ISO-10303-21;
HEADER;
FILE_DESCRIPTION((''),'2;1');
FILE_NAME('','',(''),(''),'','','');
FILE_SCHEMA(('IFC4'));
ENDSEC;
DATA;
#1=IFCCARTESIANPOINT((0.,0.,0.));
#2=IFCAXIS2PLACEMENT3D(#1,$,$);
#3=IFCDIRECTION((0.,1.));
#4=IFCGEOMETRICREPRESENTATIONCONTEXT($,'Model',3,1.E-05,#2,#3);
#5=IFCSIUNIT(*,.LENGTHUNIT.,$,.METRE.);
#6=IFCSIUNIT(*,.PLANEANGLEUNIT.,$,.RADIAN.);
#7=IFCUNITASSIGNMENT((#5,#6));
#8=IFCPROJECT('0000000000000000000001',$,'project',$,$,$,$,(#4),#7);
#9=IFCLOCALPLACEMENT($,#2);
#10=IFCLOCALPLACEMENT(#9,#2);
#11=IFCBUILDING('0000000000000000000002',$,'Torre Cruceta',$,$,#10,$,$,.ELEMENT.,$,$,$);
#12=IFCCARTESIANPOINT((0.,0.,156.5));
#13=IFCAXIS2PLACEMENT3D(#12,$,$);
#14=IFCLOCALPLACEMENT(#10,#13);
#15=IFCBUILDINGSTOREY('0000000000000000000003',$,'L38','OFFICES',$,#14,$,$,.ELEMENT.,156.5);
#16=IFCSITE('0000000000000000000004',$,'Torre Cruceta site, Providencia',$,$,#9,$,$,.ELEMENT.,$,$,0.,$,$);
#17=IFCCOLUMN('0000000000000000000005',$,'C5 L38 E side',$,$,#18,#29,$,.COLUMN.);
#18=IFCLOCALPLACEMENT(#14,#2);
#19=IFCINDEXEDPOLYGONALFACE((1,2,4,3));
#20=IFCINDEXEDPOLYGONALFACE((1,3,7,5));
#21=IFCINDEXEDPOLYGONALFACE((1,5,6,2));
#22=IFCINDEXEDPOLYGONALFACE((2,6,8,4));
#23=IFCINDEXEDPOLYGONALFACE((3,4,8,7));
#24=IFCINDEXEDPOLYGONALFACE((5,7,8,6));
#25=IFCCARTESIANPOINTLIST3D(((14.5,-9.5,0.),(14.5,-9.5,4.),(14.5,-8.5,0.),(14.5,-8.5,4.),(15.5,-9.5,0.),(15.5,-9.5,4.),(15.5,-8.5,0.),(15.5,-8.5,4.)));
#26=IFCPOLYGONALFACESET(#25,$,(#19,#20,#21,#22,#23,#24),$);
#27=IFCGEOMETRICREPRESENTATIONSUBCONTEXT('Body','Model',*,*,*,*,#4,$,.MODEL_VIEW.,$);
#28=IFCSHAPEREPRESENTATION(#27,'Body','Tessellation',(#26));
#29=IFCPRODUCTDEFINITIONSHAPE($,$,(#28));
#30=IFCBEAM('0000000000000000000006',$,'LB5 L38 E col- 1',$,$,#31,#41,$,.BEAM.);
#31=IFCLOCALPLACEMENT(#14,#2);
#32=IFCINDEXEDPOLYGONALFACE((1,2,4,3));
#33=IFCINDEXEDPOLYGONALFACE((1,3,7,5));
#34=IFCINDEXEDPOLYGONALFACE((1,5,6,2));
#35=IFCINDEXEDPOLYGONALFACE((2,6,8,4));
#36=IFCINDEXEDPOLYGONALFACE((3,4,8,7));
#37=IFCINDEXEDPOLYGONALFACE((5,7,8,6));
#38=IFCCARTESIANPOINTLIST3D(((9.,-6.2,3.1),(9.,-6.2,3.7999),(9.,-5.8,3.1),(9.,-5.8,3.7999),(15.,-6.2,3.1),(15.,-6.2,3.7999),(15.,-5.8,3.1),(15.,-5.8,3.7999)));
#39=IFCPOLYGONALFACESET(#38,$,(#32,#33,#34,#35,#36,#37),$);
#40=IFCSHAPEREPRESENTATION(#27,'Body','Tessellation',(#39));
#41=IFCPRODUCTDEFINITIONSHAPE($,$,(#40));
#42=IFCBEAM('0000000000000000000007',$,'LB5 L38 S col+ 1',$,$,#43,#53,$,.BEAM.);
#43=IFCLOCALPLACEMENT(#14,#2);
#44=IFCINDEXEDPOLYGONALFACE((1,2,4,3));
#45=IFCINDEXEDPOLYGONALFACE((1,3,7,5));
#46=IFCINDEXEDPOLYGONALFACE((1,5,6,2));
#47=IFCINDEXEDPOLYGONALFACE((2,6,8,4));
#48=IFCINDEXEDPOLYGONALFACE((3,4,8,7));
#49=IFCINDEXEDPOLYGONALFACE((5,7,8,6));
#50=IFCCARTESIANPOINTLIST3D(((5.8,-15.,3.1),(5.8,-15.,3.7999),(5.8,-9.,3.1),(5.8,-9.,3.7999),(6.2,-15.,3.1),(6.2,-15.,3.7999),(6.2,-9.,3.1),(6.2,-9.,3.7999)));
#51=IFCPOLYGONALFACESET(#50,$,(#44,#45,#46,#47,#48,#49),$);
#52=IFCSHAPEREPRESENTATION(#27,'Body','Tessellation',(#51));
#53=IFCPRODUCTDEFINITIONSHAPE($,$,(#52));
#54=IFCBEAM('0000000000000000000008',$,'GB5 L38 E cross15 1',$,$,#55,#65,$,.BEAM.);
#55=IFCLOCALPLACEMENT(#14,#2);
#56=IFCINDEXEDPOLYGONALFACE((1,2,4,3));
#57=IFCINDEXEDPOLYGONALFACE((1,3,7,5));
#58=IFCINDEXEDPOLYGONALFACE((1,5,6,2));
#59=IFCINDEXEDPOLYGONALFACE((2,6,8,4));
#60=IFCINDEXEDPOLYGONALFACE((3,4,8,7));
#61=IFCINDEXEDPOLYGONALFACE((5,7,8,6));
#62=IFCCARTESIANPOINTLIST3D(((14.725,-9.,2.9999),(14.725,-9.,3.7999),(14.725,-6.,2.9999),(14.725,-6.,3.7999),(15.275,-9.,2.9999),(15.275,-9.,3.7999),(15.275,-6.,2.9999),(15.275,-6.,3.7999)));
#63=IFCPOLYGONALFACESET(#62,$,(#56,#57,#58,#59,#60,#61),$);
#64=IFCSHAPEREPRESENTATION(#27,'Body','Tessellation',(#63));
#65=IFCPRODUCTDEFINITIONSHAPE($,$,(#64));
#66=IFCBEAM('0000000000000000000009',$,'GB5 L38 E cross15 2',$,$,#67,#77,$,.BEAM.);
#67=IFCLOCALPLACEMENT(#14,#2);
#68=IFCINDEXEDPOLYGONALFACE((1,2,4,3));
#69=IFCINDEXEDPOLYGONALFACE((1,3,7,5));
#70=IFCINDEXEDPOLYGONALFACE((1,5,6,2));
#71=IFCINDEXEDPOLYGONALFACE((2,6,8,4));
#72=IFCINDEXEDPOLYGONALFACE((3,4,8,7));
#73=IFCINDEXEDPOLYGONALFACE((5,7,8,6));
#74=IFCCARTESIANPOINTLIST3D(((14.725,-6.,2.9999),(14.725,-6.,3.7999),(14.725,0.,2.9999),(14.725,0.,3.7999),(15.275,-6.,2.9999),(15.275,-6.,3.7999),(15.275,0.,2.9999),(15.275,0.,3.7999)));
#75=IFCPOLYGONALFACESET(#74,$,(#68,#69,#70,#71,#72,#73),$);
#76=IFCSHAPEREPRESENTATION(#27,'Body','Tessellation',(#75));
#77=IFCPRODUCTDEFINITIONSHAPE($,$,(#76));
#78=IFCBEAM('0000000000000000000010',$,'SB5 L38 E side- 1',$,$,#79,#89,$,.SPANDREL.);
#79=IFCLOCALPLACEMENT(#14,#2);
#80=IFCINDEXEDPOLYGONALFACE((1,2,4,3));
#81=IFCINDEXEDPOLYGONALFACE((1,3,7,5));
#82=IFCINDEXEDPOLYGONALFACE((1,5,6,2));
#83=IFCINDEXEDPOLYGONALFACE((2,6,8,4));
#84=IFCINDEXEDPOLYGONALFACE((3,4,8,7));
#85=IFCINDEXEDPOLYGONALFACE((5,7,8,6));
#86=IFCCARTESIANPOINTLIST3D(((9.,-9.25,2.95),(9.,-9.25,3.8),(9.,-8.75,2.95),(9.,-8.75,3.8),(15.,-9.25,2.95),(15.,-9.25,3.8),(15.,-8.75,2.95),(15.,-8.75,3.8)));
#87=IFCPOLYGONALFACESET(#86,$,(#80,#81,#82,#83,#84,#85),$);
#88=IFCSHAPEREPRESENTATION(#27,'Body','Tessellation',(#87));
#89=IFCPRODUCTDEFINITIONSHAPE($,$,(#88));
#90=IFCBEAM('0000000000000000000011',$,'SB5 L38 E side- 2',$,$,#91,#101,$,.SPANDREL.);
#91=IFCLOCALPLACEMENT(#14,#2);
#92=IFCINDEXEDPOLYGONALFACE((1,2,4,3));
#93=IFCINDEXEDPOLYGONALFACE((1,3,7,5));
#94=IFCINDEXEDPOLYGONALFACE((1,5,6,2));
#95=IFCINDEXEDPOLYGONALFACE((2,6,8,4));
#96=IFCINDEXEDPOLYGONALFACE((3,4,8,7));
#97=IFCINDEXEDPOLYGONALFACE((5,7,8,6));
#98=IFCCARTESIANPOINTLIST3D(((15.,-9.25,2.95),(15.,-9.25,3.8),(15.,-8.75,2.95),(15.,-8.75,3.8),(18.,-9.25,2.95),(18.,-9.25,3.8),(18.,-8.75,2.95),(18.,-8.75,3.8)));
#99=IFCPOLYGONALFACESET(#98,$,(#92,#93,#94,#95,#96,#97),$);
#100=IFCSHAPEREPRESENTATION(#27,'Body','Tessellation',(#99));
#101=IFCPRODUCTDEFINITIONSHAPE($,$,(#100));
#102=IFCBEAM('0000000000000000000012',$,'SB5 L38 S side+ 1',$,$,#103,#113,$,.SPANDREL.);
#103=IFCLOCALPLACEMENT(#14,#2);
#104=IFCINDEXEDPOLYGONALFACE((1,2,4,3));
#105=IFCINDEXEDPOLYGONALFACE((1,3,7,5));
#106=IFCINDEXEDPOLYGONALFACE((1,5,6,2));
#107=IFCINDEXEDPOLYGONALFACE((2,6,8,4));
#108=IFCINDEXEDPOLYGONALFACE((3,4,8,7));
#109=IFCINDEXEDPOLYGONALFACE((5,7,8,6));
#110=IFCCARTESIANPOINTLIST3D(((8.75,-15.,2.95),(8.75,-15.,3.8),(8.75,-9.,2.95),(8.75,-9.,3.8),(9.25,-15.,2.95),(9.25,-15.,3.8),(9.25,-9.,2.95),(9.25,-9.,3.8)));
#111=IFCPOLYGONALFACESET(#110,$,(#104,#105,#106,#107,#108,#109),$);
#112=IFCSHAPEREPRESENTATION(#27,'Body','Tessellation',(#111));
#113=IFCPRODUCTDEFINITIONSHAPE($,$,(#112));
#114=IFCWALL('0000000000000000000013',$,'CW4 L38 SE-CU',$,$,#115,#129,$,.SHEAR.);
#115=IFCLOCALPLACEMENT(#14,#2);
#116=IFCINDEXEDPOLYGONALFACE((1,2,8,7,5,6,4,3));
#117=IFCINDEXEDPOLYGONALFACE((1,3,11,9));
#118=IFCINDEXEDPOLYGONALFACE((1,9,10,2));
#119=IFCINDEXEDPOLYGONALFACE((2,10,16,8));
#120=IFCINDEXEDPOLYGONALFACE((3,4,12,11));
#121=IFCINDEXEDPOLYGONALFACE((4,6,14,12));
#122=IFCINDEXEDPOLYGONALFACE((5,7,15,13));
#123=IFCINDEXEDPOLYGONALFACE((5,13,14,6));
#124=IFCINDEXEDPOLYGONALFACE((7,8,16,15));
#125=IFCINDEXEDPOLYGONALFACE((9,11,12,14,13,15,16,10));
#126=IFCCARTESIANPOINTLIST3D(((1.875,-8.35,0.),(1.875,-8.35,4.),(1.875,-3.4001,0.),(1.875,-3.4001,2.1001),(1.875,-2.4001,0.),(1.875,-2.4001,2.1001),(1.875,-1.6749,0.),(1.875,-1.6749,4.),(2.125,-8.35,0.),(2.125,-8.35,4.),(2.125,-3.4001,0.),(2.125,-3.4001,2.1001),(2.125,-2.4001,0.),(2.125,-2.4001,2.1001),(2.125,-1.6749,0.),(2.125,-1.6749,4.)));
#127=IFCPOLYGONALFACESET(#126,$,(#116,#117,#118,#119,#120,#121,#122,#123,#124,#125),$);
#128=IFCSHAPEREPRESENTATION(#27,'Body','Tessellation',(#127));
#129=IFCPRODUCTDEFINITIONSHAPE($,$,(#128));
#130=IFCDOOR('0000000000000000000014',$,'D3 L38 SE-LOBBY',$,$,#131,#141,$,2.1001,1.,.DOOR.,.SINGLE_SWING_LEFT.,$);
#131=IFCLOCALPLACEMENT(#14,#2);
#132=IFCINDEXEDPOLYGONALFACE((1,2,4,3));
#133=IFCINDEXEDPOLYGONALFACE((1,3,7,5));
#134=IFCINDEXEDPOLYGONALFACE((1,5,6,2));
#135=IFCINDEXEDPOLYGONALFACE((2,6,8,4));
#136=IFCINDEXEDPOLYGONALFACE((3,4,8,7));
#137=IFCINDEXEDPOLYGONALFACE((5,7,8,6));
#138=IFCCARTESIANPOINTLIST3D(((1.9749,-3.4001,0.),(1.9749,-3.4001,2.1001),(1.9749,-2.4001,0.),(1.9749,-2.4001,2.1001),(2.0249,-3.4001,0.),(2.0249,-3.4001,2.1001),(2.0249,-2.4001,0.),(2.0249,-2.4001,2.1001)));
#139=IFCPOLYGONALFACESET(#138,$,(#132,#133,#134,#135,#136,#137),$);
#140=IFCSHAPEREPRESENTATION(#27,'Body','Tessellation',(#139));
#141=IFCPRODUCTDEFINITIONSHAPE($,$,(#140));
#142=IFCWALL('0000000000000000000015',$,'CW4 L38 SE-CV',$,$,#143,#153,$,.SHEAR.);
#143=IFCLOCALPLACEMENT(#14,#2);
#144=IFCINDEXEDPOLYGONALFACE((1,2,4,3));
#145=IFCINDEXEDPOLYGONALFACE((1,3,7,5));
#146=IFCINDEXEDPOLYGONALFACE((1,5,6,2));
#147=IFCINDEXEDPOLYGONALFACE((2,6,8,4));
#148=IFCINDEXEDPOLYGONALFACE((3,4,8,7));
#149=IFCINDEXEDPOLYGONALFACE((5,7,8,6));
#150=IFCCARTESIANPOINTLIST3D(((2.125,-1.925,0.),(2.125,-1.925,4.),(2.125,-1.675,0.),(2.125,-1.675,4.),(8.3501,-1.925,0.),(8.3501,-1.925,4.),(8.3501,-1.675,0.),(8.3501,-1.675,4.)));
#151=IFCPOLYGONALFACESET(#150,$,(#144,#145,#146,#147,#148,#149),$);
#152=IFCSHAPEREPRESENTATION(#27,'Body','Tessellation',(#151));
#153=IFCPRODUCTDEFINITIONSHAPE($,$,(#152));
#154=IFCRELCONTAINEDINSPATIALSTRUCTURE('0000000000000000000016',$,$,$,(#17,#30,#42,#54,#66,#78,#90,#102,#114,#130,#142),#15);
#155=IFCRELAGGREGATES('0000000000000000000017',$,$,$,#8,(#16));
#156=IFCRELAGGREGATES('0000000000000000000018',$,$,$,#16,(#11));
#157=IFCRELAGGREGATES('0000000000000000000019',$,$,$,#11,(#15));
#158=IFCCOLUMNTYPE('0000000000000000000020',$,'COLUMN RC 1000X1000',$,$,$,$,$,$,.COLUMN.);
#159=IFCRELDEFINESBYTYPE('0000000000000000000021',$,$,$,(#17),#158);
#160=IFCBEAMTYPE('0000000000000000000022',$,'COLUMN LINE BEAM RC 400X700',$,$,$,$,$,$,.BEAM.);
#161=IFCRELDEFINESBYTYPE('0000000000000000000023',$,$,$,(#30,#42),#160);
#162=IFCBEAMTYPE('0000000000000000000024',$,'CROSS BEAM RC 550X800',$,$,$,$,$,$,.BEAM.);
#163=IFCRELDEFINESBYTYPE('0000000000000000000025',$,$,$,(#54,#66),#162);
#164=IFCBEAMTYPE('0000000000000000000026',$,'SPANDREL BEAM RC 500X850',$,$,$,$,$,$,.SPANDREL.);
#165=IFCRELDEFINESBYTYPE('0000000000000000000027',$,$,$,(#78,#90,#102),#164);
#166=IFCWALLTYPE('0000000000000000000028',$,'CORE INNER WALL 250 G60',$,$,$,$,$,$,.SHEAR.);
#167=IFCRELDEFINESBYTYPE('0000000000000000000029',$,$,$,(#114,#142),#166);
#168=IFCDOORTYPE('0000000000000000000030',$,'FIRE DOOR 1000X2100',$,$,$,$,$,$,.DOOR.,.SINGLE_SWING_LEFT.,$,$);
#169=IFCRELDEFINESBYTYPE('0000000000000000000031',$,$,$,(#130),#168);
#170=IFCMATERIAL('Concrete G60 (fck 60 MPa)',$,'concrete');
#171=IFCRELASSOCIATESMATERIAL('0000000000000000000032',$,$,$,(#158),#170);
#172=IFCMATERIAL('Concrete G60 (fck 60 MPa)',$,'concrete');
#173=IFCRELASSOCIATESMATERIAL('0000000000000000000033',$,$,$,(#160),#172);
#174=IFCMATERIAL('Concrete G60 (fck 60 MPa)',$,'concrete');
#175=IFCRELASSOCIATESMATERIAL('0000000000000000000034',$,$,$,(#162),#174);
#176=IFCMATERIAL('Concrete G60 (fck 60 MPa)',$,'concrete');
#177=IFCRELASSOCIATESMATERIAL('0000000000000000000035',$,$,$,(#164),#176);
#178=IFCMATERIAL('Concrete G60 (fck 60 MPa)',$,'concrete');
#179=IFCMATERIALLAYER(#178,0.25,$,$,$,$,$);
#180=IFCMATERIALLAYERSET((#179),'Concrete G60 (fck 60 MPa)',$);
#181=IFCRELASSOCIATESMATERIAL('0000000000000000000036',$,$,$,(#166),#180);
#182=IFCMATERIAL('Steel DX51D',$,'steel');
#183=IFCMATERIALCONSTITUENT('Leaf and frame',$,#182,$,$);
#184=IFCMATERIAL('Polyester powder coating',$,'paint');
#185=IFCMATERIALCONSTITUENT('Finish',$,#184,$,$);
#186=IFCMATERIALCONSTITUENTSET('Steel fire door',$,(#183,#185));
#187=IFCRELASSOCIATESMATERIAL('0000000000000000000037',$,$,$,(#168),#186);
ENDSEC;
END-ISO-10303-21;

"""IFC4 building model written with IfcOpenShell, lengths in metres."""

from ifc_helpers import new_model, si_unit, direction, frame, frame_2d, origin, origin_2d, place, context, subcontext, project, spatial, rectangle, extrude, material, layer, layer_set, constituent, constituent_set, material_profile, profile_set, type_object, element, fill, save


model = new_model("IFC4")

# Units and contexts
model_context = context("Model", 3, precision=1e-05, world=origin(), true_north=direction((0.0, 1.0)))
body_context = subcontext(model_context, "Body", "Model", "MODEL_VIEW")
ifc_project = project(units=[si_unit("LENGTHUNIT", "METRE"), si_unit("PLANEANGLEUNIT", "RADIAN")], contexts=[model_context])

# Site, building, storey
site_placement = place(None, origin())
site = spatial("IfcSite", under=ifc_project, at=site_placement, Name="Torre Cruceta site, Providencia", CompositionType="ELEMENT", RefElevation=0.0)
building_placement = place(site_placement, origin())
building = spatial("IfcBuilding", under=site, at=building_placement, Name="Torre Cruceta", CompositionType="ELEMENT")
storey_placement = place(building_placement, frame((0.0, 0.0, 156.5)))
storey = spatial("IfcBuildingStorey", under=building, at=storey_placement, Name="L38", Description="OFFICES", CompositionType="ELEMENT", Elevation=156.5)

# Column
ifc_material_1 = material(Name="Concrete G60 (fck 60 MPa)", Category="concrete")
ifc_material_profile_1 = material_profile(ifc_material_1, rectangle(XDim=1.0, YDim=1.0, at=origin_2d()), Name="RC 1000X1000")
ifc_profile_set_1 = profile_set([ifc_material_profile_1], Name="Concrete G60 (fck 60 MPa)")
column_type = type_object("IfcColumnType", Name="COLUMN RC 1000X1000", PredefinedType="COLUMN", material=ifc_profile_set_1)
column_placement = place(storey_placement, frame((15.0, -9.0, 0.0), z_axis=(0.0, 0.0, 1.0), x_axis=(1.0, 0.0, 0.0)))
element("IfcColumn", 1, at=column_placement, inside=storey, type_object=column_type, Name="C5 L38 E side", PredefinedType="COLUMN", context=body_context, shape_type="SweptSolid", body=[
    extrude(rectangle(XDim=1.0, YDim=1.0, at=origin_2d()), origin(), (0.0, 0.0, 1.0), 4.0),
])

# Beams
ifc_material_2 = material(Name="Concrete G60 (fck 60 MPa)", Category="concrete")
ifc_material_profile_2 = material_profile(ifc_material_2, rectangle(XDim=0.3999, YDim=0.7, at=origin_2d()), Name="RC 400X700")
ifc_profile_set_2 = profile_set([ifc_material_profile_2], Name="Concrete G60 (fck 60 MPa)")
beam_type_1 = type_object("IfcBeamType", Name="COLUMN LINE BEAM RC 400X700", PredefinedType="BEAM", material=ifc_profile_set_2)
for number, where, z_axis, x_axis, name in (
    (2, (9.0, -6.0, 3.45), (1.0, 0.0, 0.0), (0.0, 1.0, 0.0), "LB5 L38 E col- 1"),
    (3, (6.0, -9.0, 3.45), (0.0, -1.0, 0.0), (1.0, 0.0, 0.0), "LB5 L38 S col+ 1"),
):
    element("IfcBeam", number, at=place(storey_placement, frame(where, z_axis=z_axis, x_axis=x_axis)), inside=storey, type_object=beam_type_1, Name=name, PredefinedType="BEAM", context=body_context, shape_type="SweptSolid", body=[
        extrude(rectangle(XDim=0.3999, YDim=0.7, at=origin_2d()), origin(), (0.0, 0.0, 1.0), 6.0),
    ])
ifc_material_3 = material(Name="Concrete G60 (fck 60 MPa)", Category="concrete")
ifc_material_profile_3 = material_profile(ifc_material_3, rectangle(XDim=0.55, YDim=0.8, at=origin_2d()), Name="RC 550X800")
ifc_profile_set_3 = profile_set([ifc_material_profile_3], Name="Concrete G60 (fck 60 MPa)")
beam_type_2 = type_object("IfcBeamType", Name="CROSS BEAM RC 550X800", PredefinedType="BEAM", material=ifc_profile_set_3)
beam_1_placement = place(storey_placement, frame((15.0, -9.0, 3.3999), z_axis=(0.0, 1.0, 0.0), x_axis=(-1.0, 0.0, 0.0)))
element("IfcBeam", 4, at=beam_1_placement, inside=storey, type_object=beam_type_2, Name="GB5 L38 E cross15 1", PredefinedType="BEAM", context=body_context, shape_type="SweptSolid", body=[
    extrude(rectangle(XDim=0.55, YDim=0.8, at=origin_2d()), origin(), (0.0, 0.0, 1.0), 3.0),
])
beam_2_placement = place(storey_placement, frame((15.0, -6.0, 3.3999), z_axis=(0.0, 1.0, 0.0), x_axis=(-1.0, 0.0, 0.0)))
element("IfcBeam", 5, at=beam_2_placement, inside=storey, type_object=beam_type_2, Name="GB5 L38 E cross15 2", PredefinedType="BEAM", context=body_context, shape_type="SweptSolid", body=[
    extrude(rectangle(XDim=0.55, YDim=0.8, at=origin_2d()), origin(), (0.0, 0.0, 1.0), 6.0),
])
ifc_material_4 = material(Name="Concrete G60 (fck 60 MPa)", Category="concrete")
ifc_material_profile_4 = material_profile(ifc_material_4, rectangle(XDim=0.5, YDim=0.8501, at=origin_2d()), Name="RC 500X850")
ifc_profile_set_4 = profile_set([ifc_material_profile_4], Name="Concrete G60 (fck 60 MPa)")
beam_type_3 = type_object("IfcBeamType", Name="SPANDREL BEAM RC 500X850", PredefinedType="SPANDREL", material=ifc_profile_set_4)
beam_3_placement = place(storey_placement, frame((9.0, -9.0, 3.375), z_axis=(1.0, 0.0, 0.0), x_axis=(0.0, 1.0, 0.0)))
element("IfcBeam", 6, at=beam_3_placement, inside=storey, type_object=beam_type_3, Name="SB5 L38 E side- 1", PredefinedType="SPANDREL", context=body_context, shape_type="SweptSolid", body=[
    extrude(rectangle(XDim=0.5, YDim=0.8501, at=origin_2d()), origin(), (0.0, 0.0, 1.0), 6.0),
])
beam_4_placement = place(storey_placement, frame((15.0, -9.0, 3.375), z_axis=(1.0, 0.0, 0.0), x_axis=(0.0, 1.0, 0.0)))
element("IfcBeam", 7, at=beam_4_placement, inside=storey, type_object=beam_type_3, Name="SB5 L38 E side- 2", PredefinedType="SPANDREL", context=body_context, shape_type="SweptSolid", body=[
    extrude(rectangle(XDim=0.5, YDim=0.8501, at=origin_2d()), origin(), (0.0, 0.0, 1.0), 3.0),
])
beam_5_placement = place(storey_placement, frame((9.0, -9.0, 3.375), z_axis=(0.0, -1.0, 0.0), x_axis=(1.0, 0.0, 0.0)))
element("IfcBeam", 8, at=beam_5_placement, inside=storey, type_object=beam_type_3, Name="SB5 L38 S side+ 1", PredefinedType="SPANDREL", context=body_context, shape_type="SweptSolid", body=[
    extrude(rectangle(XDim=0.5, YDim=0.8501, at=origin_2d()), origin(), (0.0, 0.0, 1.0), 6.0),
])

# Wall, opening, door
ifc_material_5 = material(Name="Concrete G60 (fck 60 MPa)", Category="concrete")
ifc_layer_1 = layer(ifc_material_5, 0.25)
ifc_layer_set_1 = layer_set([ifc_layer_1], Name="Concrete G60 (fck 60 MPa)")
wall_type_1 = type_object("IfcWallType", Name="CORE INNER WALL 250 G60", PredefinedType="SHEAR", material=ifc_layer_set_1)
wall_1_placement = place(storey_placement, frame((2.0, -1.675, 0.0), z_axis=(0.0, 0.0, 1.0), x_axis=(0.0, -1.0, 0.0)))
wall_1 = element("IfcWall", 9, at=wall_1_placement, inside=storey, type_object=wall_type_1, Name="CW4 L38 SE-CU", PredefinedType="SHEAR", context=body_context, shape_type="SweptSolid", body=[
    extrude(rectangle(XDim=6.675, YDim=0.25, at=frame_2d((3.3374, 0.0))), origin(), (0.0, 0.0, 1.0), 4.0),
])
opening_1_placement = place(wall_1_placement, frame((0.7251, 0.0, 0.0)))
opening_1 = element("IfcOpeningElement", 10, at=opening_1_placement, cuts=wall_1, PredefinedType="OPENING", context=body_context, shape_type="SweptSolid", body=[
    extrude(rectangle(XDim=1.0, YDim=2.1001, at=frame_2d((0.5, 1.05))), frame((0.0, 0.135, 0.0), z_axis=(0.0, -1.0, 0.0), x_axis=(1.0, 0.0, 0.0)), (0.0, 0.0, 1.0), 0.27),
])
ifc_material_6 = material(Name="Steel DX51D", Category="steel")
ifc_constituent_1 = constituent(ifc_material_6, Name="Leaf and frame")
ifc_material_7 = material(Name="Polyester powder coating", Category="paint")
ifc_constituent_2 = constituent(ifc_material_7, Name="Finish")
ifc_constituent_set_1 = constituent_set(constituents=[ifc_constituent_1, ifc_constituent_2], Name="Steel fire door")
door_type_1 = type_object("IfcDoorType", Name="FIRE DOOR 1000X2100", OperationType="SINGLE_SWING_LEFT", PredefinedType="DOOR", material=ifc_constituent_set_1)
door_1_placement = place(opening_1_placement, origin())
door_1 = element("IfcDoor", 11, at=door_1_placement, inside=storey, type_object=door_type_1, Name="D3 L38 SE-LOBBY", OperationType="SINGLE_SWING_LEFT", OverallHeight=2.1001, OverallWidth=1.0, PredefinedType="DOOR", context=body_context, shape_type="SweptSolid", body=[
    extrude(rectangle(XDim=1.0, YDim=2.1001, at=frame_2d((0.5, 1.05))), frame((0.0, 0.0249, 0.0), z_axis=(0.0, -1.0, 0.0), x_axis=(1.0, 0.0, 0.0)), (0.0, 0.0, 1.0), 0.05),
])
fill(opening_1, door_1)

# Wall
wall_2_placement = place(storey_placement, frame((2.125, -1.8, 0.0), z_axis=(0.0, 0.0, 1.0), x_axis=(1.0, 0.0, 0.0)))
element("IfcWall", 12, at=wall_2_placement, inside=storey, type_object=wall_type_1, Name="CW4 L38 SE-CV", PredefinedType="SHEAR", context=body_context, shape_type="SweptSolid", body=[
    extrude(rectangle(XDim=6.2251, YDim=0.25, at=frame_2d((3.1125, 0.0))), origin(), (0.0, 0.0, 1.0), 4.0),
])

save(model, "model.ifc")
